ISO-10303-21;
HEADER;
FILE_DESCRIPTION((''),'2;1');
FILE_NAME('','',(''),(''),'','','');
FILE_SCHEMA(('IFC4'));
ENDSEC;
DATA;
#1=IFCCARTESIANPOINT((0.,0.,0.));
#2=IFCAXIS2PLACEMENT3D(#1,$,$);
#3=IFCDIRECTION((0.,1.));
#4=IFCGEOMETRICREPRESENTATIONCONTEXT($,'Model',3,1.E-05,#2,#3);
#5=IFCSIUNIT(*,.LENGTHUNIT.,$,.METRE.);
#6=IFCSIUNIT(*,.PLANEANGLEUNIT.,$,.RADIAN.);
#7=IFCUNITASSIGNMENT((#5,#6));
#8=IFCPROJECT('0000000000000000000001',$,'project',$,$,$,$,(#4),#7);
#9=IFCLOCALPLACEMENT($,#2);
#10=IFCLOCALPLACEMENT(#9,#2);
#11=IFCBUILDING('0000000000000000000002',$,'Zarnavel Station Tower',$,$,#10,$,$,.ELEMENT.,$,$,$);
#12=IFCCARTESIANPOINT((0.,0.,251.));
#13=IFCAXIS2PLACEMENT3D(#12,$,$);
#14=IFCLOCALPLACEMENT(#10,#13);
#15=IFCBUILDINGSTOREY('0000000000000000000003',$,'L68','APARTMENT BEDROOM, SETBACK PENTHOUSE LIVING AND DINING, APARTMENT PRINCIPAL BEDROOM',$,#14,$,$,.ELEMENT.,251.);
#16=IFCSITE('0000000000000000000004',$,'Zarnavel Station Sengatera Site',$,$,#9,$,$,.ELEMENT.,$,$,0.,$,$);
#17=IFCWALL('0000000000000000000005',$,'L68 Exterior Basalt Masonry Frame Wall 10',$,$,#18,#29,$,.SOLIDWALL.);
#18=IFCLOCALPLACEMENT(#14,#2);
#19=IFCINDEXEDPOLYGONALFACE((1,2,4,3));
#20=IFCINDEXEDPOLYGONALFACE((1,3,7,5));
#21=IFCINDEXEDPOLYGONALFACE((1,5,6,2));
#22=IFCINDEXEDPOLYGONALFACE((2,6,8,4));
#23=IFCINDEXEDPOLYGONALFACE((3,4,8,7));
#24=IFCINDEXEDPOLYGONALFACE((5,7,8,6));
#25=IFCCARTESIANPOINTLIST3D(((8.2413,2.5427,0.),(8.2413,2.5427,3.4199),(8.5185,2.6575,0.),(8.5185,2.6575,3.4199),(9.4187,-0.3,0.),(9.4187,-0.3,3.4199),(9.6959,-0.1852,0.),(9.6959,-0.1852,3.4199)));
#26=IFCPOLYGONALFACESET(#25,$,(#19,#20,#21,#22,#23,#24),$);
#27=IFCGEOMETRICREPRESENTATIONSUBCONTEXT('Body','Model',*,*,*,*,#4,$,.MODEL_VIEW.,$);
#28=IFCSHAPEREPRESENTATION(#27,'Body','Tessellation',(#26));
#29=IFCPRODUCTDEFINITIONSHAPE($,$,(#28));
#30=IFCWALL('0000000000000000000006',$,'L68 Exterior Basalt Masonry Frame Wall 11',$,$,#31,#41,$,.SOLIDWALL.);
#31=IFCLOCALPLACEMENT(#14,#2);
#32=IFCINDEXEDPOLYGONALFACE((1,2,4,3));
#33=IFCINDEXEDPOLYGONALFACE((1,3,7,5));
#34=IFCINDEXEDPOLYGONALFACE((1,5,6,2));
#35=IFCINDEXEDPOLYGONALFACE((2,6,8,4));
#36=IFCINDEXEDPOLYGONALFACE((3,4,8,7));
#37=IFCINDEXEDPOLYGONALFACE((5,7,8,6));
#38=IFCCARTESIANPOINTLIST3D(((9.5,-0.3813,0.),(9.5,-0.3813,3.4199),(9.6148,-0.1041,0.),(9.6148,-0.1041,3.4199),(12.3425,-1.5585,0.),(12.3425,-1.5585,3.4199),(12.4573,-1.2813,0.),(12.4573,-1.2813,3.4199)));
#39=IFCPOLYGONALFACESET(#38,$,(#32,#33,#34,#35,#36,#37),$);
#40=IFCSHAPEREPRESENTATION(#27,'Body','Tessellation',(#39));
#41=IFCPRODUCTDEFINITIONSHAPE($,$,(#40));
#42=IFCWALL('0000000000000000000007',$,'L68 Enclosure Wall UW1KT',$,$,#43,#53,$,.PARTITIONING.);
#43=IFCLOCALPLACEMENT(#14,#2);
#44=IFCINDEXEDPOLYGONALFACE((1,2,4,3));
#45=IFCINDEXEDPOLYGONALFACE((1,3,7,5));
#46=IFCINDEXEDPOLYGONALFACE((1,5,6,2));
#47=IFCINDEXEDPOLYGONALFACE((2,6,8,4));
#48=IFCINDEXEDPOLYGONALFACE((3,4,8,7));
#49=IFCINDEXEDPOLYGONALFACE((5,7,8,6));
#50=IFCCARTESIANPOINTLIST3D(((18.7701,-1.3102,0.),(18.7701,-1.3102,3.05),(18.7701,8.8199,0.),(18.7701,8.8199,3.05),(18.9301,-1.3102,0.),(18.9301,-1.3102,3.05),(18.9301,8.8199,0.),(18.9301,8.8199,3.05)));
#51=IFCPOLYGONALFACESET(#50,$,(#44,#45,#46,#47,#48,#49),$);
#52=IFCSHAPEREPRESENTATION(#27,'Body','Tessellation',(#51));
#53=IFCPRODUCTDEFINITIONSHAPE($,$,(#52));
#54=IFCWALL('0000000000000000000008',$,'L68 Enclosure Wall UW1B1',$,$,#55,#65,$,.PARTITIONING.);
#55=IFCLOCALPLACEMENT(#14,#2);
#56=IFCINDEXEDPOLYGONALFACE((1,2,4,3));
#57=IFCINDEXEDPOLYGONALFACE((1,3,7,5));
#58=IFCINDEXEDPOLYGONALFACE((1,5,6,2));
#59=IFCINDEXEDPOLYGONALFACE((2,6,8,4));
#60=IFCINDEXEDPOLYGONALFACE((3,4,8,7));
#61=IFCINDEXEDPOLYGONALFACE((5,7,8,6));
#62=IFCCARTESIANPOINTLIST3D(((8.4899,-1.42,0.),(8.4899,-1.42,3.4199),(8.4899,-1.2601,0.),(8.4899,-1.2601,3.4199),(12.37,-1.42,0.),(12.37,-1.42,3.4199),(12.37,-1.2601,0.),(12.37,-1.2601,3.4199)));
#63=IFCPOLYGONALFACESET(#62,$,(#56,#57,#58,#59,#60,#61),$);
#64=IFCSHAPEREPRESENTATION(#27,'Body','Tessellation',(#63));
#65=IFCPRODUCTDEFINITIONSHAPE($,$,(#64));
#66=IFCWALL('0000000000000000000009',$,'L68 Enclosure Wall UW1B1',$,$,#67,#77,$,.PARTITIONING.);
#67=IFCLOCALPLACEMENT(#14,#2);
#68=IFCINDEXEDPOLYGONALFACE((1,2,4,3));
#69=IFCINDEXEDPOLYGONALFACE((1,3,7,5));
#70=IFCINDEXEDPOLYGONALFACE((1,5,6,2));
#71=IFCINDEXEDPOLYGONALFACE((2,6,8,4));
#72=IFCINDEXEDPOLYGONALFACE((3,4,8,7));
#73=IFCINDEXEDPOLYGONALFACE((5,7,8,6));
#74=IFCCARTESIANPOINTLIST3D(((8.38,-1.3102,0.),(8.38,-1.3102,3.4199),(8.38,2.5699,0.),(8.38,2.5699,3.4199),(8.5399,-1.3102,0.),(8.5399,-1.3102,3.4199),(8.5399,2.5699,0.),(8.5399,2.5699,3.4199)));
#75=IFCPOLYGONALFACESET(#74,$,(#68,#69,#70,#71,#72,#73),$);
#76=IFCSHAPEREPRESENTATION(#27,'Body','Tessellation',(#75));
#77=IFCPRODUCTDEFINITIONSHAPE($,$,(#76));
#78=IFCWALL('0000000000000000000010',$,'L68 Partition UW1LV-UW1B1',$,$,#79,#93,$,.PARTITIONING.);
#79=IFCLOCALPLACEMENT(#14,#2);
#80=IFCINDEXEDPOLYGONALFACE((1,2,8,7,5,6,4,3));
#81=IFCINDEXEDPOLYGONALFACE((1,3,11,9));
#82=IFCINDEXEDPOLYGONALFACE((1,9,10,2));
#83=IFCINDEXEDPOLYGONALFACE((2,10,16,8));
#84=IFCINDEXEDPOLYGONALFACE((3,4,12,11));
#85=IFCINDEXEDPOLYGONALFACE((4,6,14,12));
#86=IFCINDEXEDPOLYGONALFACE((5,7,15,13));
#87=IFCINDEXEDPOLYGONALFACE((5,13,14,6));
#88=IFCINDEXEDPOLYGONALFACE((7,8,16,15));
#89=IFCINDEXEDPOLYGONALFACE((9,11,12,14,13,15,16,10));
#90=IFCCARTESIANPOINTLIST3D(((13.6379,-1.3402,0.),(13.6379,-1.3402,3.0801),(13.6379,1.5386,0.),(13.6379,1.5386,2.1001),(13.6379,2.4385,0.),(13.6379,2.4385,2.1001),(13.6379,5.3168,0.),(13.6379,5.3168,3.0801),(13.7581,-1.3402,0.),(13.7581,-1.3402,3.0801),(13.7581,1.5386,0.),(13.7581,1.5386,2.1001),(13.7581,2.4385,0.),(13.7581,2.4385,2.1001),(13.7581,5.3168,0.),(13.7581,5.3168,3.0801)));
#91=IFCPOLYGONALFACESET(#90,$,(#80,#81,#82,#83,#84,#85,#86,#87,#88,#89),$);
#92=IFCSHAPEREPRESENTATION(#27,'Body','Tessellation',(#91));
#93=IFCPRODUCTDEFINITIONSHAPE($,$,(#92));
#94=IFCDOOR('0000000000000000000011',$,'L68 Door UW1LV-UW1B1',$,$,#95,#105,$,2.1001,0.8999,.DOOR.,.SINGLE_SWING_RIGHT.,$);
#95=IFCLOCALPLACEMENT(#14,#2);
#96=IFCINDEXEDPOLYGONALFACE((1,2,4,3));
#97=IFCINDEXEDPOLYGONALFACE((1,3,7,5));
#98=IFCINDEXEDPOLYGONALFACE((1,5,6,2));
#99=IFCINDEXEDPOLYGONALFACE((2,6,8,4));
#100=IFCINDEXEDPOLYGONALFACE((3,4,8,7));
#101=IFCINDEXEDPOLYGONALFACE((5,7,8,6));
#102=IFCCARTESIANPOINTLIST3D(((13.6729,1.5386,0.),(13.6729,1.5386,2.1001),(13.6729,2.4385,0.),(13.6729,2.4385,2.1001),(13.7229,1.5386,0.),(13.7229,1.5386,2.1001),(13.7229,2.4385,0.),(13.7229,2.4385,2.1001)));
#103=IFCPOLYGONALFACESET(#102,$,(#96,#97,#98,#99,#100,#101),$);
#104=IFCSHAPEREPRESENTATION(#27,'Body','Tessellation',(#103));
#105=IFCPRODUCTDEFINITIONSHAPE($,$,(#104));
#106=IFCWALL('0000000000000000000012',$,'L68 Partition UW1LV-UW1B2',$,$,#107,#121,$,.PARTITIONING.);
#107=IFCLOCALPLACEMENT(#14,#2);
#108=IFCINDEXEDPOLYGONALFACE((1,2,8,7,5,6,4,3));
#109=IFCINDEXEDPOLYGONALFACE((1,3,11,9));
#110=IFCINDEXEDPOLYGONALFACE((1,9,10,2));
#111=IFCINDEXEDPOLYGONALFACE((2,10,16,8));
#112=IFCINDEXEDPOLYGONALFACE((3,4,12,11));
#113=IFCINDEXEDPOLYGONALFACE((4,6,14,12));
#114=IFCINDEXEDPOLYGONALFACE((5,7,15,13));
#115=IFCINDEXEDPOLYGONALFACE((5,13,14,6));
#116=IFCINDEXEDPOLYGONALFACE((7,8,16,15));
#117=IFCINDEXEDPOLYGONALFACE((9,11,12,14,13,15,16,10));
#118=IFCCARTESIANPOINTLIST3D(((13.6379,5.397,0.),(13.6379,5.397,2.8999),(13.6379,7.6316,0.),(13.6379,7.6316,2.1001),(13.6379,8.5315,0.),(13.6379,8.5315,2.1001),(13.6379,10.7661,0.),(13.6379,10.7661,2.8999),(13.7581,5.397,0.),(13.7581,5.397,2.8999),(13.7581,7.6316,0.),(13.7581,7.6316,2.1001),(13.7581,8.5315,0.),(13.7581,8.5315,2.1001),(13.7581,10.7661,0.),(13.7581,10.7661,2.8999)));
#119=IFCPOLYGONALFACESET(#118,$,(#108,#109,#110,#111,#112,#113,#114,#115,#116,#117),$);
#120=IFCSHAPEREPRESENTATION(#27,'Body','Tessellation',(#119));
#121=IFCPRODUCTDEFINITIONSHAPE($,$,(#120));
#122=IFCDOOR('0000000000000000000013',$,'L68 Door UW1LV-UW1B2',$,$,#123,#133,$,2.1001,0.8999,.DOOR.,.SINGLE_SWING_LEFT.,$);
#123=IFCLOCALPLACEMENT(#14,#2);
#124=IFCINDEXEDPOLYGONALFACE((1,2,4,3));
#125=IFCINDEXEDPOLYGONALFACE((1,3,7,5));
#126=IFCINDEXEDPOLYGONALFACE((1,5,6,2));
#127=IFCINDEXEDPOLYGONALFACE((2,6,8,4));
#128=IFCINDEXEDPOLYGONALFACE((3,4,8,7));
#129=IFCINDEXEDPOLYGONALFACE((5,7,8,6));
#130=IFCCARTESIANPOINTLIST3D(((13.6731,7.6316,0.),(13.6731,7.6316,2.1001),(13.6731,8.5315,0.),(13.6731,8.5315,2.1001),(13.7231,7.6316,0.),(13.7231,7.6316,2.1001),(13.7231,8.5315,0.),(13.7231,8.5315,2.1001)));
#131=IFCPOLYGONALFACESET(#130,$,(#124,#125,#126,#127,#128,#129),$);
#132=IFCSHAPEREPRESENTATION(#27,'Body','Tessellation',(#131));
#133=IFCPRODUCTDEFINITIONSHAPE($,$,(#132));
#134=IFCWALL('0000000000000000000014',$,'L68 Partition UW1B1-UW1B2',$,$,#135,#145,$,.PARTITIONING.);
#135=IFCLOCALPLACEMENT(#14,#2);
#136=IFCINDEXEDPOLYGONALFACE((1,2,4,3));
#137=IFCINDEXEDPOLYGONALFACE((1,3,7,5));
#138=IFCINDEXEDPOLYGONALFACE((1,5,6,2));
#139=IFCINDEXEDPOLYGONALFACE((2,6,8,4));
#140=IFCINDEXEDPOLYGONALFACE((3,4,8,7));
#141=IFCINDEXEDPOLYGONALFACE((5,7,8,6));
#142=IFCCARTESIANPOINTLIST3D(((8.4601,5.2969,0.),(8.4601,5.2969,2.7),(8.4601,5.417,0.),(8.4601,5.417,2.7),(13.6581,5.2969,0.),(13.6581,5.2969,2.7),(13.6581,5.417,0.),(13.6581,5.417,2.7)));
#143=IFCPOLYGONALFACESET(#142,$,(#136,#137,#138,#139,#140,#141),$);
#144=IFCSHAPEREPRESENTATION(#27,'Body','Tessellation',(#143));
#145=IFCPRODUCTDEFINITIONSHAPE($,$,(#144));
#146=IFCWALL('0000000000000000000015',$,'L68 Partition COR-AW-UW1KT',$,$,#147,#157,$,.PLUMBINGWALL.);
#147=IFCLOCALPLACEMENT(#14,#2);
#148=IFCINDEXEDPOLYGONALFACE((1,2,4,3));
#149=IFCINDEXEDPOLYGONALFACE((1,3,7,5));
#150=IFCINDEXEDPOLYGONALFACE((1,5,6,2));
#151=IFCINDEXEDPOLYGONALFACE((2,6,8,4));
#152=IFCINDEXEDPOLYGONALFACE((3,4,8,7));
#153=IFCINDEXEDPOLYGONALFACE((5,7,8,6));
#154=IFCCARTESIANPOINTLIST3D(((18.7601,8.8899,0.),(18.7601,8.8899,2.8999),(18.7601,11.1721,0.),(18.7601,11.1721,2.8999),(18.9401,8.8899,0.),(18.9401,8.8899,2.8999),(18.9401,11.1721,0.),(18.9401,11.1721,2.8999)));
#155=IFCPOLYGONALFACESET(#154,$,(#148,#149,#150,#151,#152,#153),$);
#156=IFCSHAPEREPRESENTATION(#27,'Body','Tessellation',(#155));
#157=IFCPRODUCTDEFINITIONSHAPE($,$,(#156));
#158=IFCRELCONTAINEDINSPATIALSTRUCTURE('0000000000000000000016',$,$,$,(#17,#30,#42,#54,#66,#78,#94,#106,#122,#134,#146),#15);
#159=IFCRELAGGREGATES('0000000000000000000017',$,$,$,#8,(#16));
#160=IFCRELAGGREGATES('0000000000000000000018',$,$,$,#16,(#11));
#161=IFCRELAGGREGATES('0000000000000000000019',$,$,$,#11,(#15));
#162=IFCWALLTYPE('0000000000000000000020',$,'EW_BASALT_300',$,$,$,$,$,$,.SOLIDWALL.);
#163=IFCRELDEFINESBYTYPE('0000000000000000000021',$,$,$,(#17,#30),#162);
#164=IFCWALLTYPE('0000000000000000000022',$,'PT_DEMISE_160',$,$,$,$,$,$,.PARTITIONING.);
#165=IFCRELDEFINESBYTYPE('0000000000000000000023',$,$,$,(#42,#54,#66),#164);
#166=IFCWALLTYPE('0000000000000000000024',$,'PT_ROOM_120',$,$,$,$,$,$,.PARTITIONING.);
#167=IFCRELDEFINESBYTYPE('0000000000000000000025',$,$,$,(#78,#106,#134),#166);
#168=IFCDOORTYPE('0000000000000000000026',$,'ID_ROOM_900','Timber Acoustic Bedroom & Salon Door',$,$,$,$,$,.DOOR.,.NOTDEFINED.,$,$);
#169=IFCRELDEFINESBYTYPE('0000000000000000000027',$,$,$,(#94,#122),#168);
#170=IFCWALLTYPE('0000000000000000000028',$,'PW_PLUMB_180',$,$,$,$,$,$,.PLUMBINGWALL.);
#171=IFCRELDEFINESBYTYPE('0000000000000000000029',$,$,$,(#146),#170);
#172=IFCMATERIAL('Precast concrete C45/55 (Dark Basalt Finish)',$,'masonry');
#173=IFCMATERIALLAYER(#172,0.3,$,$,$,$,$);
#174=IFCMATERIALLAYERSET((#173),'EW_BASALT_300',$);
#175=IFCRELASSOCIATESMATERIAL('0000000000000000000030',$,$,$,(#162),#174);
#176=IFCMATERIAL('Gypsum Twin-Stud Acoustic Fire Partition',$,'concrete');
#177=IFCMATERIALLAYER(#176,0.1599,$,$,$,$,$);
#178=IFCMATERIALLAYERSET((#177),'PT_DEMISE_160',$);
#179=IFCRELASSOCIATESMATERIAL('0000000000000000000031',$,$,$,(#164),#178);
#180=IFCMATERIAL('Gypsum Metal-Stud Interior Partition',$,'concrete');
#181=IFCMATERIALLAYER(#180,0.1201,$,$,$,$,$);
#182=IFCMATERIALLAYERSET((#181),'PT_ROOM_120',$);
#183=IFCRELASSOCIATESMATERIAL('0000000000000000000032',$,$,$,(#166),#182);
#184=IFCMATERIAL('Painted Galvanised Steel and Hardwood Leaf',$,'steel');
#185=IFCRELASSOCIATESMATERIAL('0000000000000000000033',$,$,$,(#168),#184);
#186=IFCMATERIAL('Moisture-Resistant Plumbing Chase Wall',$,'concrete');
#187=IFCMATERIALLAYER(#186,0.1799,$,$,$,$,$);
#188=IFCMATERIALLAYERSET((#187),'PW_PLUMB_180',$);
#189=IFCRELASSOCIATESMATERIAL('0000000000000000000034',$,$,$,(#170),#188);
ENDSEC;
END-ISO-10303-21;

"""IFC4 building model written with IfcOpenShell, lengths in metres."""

from ifc_helpers import new_model, si_unit, direction, frame, frame_2d, origin, place, context, subcontext, project, spatial, rectangle, extrude, material, layer, layer_set, type_object, element, fill, save


model = new_model("IFC4")

# Units and contexts
model_context = context("Model", 3, precision=1e-05, world=origin(), true_north=direction((0.0, 1.0)))
body_context = subcontext(model_context, "Body", "Model", "MODEL_VIEW")
ifc_project = project(units=[si_unit("LENGTHUNIT", "METRE"), si_unit("PLANEANGLEUNIT", "RADIAN")], contexts=[model_context])

# Site, building, storey
site_placement = place(None, origin())
site = spatial("IfcSite", under=ifc_project, at=site_placement, Name="Zarnavel Station Sengatera Site", CompositionType="ELEMENT", RefElevation=0.0)
building_placement = place(site_placement, origin())
building = spatial("IfcBuilding", under=site, at=building_placement, Name="Zarnavel Station Tower", CompositionType="ELEMENT")
storey_placement = place(building_placement, frame((0.0, 0.0, 251.0)))
storey = spatial("IfcBuildingStorey", under=building, at=storey_placement, Name="L68", Description="APARTMENT BEDROOM, SETBACK PENTHOUSE LIVING AND DINING, APARTMENT PRINCIPAL BEDROOM", CompositionType="ELEMENT", Elevation=251.0)

# Shared definitions
ifc_material_1 = material(Name="Precast concrete C45/55 (Dark Basalt Finish)", Category="masonry")
ifc_layer_1 = layer(ifc_material_1, 0.3)
ifc_layer_set_1 = layer_set([ifc_layer_1], Name="EW_BASALT_300")
wall_type_1 = type_object("IfcWallType", Name="EW_BASALT_300", PredefinedType="SOLIDWALL", material=ifc_layer_set_1)

# Walls
wall_1_placement = place(storey_placement, frame((9.5574, -0.2427, 0.0), z_axis=(0.0, 0.0, 1.0), x_axis=(-0.382676, 0.923882, 0.0)))
element("IfcWall", 1, at=wall_1_placement, inside=storey, type_object=wall_type_1, Name="L68 Exterior Basalt Masonry Frame Wall 10", PredefinedType="SOLIDWALL", context=body_context, shape_type="SweptSolid", body=[
    extrude(rectangle(XDim=3.0769, YDim=0.3, at=frame_2d((1.5386, 0.0))), origin(), (0.0, 0.0, 1.0), 3.4199),
])
wall_2_placement = place(storey_placement, frame((12.3999, -1.4199, 0.0), z_axis=(0.0, 0.0, 1.0), x_axis=(-0.923899, 0.382637, 0.0)))
element("IfcWall", 2, at=wall_2_placement, inside=storey, type_object=wall_type_1, Name="L68 Exterior Basalt Masonry Frame Wall 11", PredefinedType="SOLIDWALL", context=body_context, shape_type="SweptSolid", body=[
    extrude(rectangle(XDim=3.0767, YDim=0.3, at=frame_2d((1.5383, 0.0))), origin(), (0.0, 0.0, 1.0), 3.4199),
])
ifc_material_2 = material(Name="Gypsum Twin-Stud Acoustic Fire Partition", Category="concrete")
ifc_layer_2 = layer(ifc_material_2, 0.1599)
ifc_layer_set_2 = layer_set([ifc_layer_2], Name="PT_DEMISE_160")
wall_type_2 = type_object("IfcWallType", Name="PT_DEMISE_160", PredefinedType="PARTITIONING", material=ifc_layer_set_2)
wall_3_placement = place(storey_placement, frame((18.8501, -1.3101, 0.0), z_axis=(0.0, 0.0, 1.0), x_axis=(0.0, 1.0, 0.0)))
element("IfcWall", 3, at=wall_3_placement, inside=storey, type_object=wall_type_2, Name="L68 Enclosure Wall UW1KT", PredefinedType="PARTITIONING", context=body_context, shape_type="SweptSolid", body=[
    extrude(rectangle(XDim=10.1301, YDim=0.1599, at=frame_2d((5.0649, 0.0))), origin(), (0.0, 0.0, 1.0), 3.05),
])
for number, where, z_axis, x_axis, name in (
    (4, (8.49, -1.3401, 0.0), (0.0, 0.0, 1.0), (1.0, 0.0, 0.0), "L68 Enclosure Wall UW1B1"),
    (5, (8.46, -1.3101, 0.0), (0.0, 0.0, 1.0), (0.0, 1.0, 0.0), "L68 Enclosure Wall UW1B1"),
):
    element("IfcWall", number, at=place(storey_placement, frame(where, z_axis=z_axis, x_axis=x_axis)), inside=storey, type_object=wall_type_2, Name=name, PredefinedType="PARTITIONING", context=body_context, shape_type="SweptSolid", body=[
        extrude(rectangle(XDim=3.8801, YDim=0.1599, at=frame_2d((1.9399, 0.0))), origin(), (0.0, 0.0, 1.0), 3.4199),
    ])

# Walls, openings, doors
ifc_material_3 = material(Name="Gypsum Metal-Stud Interior Partition", Category="concrete")
ifc_layer_3 = layer(ifc_material_3, 0.1201)
ifc_layer_set_3 = layer_set([ifc_layer_3], Name="PT_ROOM_120")
wall_type_3 = type_object("IfcWallType", Name="PT_ROOM_120", PredefinedType="PARTITIONING", material=ifc_layer_set_3)
wall_4_placement = place(storey_placement, frame((13.698, 5.3169, 0.0), z_axis=(0.0, 0.0, 1.0), x_axis=(0.0, -1.0, 0.0)))
wall_4 = element("IfcWall", 6, at=wall_4_placement, inside=storey, type_object=wall_type_3, Name="L68 Partition UW1LV-UW1B1", PredefinedType="PARTITIONING", context=body_context, shape_type="SweptSolid", body=[
    extrude(rectangle(XDim=6.657, YDim=0.1201, at=frame_2d((3.3286, 0.0))), origin(), (0.0, 0.0, 1.0), 3.0801),
])
opening_1_placement = place(wall_4_placement, frame((2.8784, 0.0, 0.0)))
opening_1 = element("IfcOpeningElement", 7, at=opening_1_placement, cuts=wall_4, PredefinedType="OPENING", context=body_context, shape_type="SweptSolid", body=[
    extrude(rectangle(XDim=0.8999, YDim=2.1001, at=frame_2d((0.45, 1.05))), frame((0.0, 0.0701, 0.0), z_axis=(0.0, -1.0, 0.0), x_axis=(1.0, 0.0, 0.0)), (0.0, 0.0, 1.0), 0.1401),
])
ifc_material_4 = material(Name="Painted Galvanised Steel and Hardwood Leaf", Category="steel")
door_type_1 = type_object("IfcDoorType", Name="ID_ROOM_900", Description="Timber Acoustic Bedroom & Salon Door", OperationType="NOTDEFINED", PredefinedType="DOOR", material=ifc_material_4)
door_1_placement = place(opening_1_placement, origin())
door_1 = element("IfcDoor", 8, at=door_1_placement, inside=storey, type_object=door_type_1, Name="L68 Door UW1LV-UW1B1", OperationType="SINGLE_SWING_RIGHT", OverallHeight=2.1001, OverallWidth=0.8999, PredefinedType="DOOR", context=body_context, shape_type="SweptSolid", body=[
    extrude(rectangle(XDim=0.8999, YDim=2.1001, at=frame_2d((0.45, 1.05))), frame((0.0, 0.0249, 0.0), z_axis=(0.0, -1.0, 0.0), x_axis=(1.0, 0.0, 0.0)), (0.0, 0.0, 1.0), 0.05),
])
fill(opening_1, door_1)
wall_5_placement = place(storey_placement, frame((13.698, 5.397, 0.0), z_axis=(0.0, 0.0, 1.0), x_axis=(0.0, 1.0, 0.0)))
wall_5 = element("IfcWall", 9, at=wall_5_placement, inside=storey, type_object=wall_type_3, Name="L68 Partition UW1LV-UW1B2", PredefinedType="PARTITIONING", context=body_context, shape_type="SweptSolid", body=[
    extrude(rectangle(XDim=5.3691, YDim=0.1201, at=frame_2d((2.6846, 0.0))), origin(), (0.0, 0.0, 1.0), 2.8999),
])
opening_2_placement = place(wall_5_placement, frame((2.2346, 0.0, 0.0)))
opening_2 = element("IfcOpeningElement", 10, at=opening_2_placement, cuts=wall_5, PredefinedType="OPENING", context=body_context, shape_type="SweptSolid", body=[
    extrude(rectangle(XDim=0.8999, YDim=2.1001, at=frame_2d((0.45, 1.05))), frame((0.0, 0.0701, 0.0), z_axis=(0.0, -1.0, 0.0), x_axis=(1.0, 0.0, 0.0)), (0.0, 0.0, 1.0), 0.1401),
])
door_2_placement = place(opening_2_placement, origin())
door_2 = element("IfcDoor", 11, at=door_2_placement, inside=storey, type_object=door_type_1, Name="L68 Door UW1LV-UW1B2", OperationType="SINGLE_SWING_LEFT", OverallHeight=2.1001, OverallWidth=0.8999, PredefinedType="DOOR", context=body_context, shape_type="SweptSolid", body=[
    extrude(rectangle(XDim=0.8999, YDim=2.1001, at=frame_2d((0.45, 1.05))), frame((0.0, 0.0249, 0.0), z_axis=(0.0, -1.0, 0.0), x_axis=(1.0, 0.0, 0.0)), (0.0, 0.0, 1.0), 0.05),
])
fill(opening_2, door_2)

# Walls
wall_6_placement = place(storey_placement, frame((8.46, 5.3569, 0.0), z_axis=(0.0, 0.0, 1.0), x_axis=(1.0, 0.0, 0.0)))
element("IfcWall", 12, at=wall_6_placement, inside=storey, type_object=wall_type_3, Name="L68 Partition UW1B1-UW1B2", PredefinedType="PARTITIONING", context=body_context, shape_type="SweptSolid", body=[
    extrude(rectangle(XDim=5.198, YDim=0.1201, at=frame_2d((2.5991, 0.0))), origin(), (0.0, 0.0, 1.0), 2.7),
])
ifc_material_5 = material(Name="Moisture-Resistant Plumbing Chase Wall", Category="concrete")
ifc_layer_4 = layer(ifc_material_5, 0.1799)
ifc_layer_set_4 = layer_set([ifc_layer_4], Name="PW_PLUMB_180")
wall_type_4 = type_object("IfcWallType", Name="PW_PLUMB_180", PredefinedType="PLUMBINGWALL", material=ifc_layer_set_4)
wall_7_placement = place(storey_placement, frame((18.8501, 8.8899, 0.0), z_axis=(0.0, 0.0, 1.0), x_axis=(0.0, 1.0, 0.0)))
element("IfcWall", 13, at=wall_7_placement, inside=storey, type_object=wall_type_4, Name="L68 Partition COR-AW-UW1KT", PredefinedType="PLUMBINGWALL", context=body_context, shape_type="SweptSolid", body=[
    extrude(rectangle(XDim=2.2822, YDim=0.1799, at=frame_2d((1.1411, 0.0))), origin(), (0.0, 0.0, 1.0), 2.8999),
])

save(model, "model.ifc")
